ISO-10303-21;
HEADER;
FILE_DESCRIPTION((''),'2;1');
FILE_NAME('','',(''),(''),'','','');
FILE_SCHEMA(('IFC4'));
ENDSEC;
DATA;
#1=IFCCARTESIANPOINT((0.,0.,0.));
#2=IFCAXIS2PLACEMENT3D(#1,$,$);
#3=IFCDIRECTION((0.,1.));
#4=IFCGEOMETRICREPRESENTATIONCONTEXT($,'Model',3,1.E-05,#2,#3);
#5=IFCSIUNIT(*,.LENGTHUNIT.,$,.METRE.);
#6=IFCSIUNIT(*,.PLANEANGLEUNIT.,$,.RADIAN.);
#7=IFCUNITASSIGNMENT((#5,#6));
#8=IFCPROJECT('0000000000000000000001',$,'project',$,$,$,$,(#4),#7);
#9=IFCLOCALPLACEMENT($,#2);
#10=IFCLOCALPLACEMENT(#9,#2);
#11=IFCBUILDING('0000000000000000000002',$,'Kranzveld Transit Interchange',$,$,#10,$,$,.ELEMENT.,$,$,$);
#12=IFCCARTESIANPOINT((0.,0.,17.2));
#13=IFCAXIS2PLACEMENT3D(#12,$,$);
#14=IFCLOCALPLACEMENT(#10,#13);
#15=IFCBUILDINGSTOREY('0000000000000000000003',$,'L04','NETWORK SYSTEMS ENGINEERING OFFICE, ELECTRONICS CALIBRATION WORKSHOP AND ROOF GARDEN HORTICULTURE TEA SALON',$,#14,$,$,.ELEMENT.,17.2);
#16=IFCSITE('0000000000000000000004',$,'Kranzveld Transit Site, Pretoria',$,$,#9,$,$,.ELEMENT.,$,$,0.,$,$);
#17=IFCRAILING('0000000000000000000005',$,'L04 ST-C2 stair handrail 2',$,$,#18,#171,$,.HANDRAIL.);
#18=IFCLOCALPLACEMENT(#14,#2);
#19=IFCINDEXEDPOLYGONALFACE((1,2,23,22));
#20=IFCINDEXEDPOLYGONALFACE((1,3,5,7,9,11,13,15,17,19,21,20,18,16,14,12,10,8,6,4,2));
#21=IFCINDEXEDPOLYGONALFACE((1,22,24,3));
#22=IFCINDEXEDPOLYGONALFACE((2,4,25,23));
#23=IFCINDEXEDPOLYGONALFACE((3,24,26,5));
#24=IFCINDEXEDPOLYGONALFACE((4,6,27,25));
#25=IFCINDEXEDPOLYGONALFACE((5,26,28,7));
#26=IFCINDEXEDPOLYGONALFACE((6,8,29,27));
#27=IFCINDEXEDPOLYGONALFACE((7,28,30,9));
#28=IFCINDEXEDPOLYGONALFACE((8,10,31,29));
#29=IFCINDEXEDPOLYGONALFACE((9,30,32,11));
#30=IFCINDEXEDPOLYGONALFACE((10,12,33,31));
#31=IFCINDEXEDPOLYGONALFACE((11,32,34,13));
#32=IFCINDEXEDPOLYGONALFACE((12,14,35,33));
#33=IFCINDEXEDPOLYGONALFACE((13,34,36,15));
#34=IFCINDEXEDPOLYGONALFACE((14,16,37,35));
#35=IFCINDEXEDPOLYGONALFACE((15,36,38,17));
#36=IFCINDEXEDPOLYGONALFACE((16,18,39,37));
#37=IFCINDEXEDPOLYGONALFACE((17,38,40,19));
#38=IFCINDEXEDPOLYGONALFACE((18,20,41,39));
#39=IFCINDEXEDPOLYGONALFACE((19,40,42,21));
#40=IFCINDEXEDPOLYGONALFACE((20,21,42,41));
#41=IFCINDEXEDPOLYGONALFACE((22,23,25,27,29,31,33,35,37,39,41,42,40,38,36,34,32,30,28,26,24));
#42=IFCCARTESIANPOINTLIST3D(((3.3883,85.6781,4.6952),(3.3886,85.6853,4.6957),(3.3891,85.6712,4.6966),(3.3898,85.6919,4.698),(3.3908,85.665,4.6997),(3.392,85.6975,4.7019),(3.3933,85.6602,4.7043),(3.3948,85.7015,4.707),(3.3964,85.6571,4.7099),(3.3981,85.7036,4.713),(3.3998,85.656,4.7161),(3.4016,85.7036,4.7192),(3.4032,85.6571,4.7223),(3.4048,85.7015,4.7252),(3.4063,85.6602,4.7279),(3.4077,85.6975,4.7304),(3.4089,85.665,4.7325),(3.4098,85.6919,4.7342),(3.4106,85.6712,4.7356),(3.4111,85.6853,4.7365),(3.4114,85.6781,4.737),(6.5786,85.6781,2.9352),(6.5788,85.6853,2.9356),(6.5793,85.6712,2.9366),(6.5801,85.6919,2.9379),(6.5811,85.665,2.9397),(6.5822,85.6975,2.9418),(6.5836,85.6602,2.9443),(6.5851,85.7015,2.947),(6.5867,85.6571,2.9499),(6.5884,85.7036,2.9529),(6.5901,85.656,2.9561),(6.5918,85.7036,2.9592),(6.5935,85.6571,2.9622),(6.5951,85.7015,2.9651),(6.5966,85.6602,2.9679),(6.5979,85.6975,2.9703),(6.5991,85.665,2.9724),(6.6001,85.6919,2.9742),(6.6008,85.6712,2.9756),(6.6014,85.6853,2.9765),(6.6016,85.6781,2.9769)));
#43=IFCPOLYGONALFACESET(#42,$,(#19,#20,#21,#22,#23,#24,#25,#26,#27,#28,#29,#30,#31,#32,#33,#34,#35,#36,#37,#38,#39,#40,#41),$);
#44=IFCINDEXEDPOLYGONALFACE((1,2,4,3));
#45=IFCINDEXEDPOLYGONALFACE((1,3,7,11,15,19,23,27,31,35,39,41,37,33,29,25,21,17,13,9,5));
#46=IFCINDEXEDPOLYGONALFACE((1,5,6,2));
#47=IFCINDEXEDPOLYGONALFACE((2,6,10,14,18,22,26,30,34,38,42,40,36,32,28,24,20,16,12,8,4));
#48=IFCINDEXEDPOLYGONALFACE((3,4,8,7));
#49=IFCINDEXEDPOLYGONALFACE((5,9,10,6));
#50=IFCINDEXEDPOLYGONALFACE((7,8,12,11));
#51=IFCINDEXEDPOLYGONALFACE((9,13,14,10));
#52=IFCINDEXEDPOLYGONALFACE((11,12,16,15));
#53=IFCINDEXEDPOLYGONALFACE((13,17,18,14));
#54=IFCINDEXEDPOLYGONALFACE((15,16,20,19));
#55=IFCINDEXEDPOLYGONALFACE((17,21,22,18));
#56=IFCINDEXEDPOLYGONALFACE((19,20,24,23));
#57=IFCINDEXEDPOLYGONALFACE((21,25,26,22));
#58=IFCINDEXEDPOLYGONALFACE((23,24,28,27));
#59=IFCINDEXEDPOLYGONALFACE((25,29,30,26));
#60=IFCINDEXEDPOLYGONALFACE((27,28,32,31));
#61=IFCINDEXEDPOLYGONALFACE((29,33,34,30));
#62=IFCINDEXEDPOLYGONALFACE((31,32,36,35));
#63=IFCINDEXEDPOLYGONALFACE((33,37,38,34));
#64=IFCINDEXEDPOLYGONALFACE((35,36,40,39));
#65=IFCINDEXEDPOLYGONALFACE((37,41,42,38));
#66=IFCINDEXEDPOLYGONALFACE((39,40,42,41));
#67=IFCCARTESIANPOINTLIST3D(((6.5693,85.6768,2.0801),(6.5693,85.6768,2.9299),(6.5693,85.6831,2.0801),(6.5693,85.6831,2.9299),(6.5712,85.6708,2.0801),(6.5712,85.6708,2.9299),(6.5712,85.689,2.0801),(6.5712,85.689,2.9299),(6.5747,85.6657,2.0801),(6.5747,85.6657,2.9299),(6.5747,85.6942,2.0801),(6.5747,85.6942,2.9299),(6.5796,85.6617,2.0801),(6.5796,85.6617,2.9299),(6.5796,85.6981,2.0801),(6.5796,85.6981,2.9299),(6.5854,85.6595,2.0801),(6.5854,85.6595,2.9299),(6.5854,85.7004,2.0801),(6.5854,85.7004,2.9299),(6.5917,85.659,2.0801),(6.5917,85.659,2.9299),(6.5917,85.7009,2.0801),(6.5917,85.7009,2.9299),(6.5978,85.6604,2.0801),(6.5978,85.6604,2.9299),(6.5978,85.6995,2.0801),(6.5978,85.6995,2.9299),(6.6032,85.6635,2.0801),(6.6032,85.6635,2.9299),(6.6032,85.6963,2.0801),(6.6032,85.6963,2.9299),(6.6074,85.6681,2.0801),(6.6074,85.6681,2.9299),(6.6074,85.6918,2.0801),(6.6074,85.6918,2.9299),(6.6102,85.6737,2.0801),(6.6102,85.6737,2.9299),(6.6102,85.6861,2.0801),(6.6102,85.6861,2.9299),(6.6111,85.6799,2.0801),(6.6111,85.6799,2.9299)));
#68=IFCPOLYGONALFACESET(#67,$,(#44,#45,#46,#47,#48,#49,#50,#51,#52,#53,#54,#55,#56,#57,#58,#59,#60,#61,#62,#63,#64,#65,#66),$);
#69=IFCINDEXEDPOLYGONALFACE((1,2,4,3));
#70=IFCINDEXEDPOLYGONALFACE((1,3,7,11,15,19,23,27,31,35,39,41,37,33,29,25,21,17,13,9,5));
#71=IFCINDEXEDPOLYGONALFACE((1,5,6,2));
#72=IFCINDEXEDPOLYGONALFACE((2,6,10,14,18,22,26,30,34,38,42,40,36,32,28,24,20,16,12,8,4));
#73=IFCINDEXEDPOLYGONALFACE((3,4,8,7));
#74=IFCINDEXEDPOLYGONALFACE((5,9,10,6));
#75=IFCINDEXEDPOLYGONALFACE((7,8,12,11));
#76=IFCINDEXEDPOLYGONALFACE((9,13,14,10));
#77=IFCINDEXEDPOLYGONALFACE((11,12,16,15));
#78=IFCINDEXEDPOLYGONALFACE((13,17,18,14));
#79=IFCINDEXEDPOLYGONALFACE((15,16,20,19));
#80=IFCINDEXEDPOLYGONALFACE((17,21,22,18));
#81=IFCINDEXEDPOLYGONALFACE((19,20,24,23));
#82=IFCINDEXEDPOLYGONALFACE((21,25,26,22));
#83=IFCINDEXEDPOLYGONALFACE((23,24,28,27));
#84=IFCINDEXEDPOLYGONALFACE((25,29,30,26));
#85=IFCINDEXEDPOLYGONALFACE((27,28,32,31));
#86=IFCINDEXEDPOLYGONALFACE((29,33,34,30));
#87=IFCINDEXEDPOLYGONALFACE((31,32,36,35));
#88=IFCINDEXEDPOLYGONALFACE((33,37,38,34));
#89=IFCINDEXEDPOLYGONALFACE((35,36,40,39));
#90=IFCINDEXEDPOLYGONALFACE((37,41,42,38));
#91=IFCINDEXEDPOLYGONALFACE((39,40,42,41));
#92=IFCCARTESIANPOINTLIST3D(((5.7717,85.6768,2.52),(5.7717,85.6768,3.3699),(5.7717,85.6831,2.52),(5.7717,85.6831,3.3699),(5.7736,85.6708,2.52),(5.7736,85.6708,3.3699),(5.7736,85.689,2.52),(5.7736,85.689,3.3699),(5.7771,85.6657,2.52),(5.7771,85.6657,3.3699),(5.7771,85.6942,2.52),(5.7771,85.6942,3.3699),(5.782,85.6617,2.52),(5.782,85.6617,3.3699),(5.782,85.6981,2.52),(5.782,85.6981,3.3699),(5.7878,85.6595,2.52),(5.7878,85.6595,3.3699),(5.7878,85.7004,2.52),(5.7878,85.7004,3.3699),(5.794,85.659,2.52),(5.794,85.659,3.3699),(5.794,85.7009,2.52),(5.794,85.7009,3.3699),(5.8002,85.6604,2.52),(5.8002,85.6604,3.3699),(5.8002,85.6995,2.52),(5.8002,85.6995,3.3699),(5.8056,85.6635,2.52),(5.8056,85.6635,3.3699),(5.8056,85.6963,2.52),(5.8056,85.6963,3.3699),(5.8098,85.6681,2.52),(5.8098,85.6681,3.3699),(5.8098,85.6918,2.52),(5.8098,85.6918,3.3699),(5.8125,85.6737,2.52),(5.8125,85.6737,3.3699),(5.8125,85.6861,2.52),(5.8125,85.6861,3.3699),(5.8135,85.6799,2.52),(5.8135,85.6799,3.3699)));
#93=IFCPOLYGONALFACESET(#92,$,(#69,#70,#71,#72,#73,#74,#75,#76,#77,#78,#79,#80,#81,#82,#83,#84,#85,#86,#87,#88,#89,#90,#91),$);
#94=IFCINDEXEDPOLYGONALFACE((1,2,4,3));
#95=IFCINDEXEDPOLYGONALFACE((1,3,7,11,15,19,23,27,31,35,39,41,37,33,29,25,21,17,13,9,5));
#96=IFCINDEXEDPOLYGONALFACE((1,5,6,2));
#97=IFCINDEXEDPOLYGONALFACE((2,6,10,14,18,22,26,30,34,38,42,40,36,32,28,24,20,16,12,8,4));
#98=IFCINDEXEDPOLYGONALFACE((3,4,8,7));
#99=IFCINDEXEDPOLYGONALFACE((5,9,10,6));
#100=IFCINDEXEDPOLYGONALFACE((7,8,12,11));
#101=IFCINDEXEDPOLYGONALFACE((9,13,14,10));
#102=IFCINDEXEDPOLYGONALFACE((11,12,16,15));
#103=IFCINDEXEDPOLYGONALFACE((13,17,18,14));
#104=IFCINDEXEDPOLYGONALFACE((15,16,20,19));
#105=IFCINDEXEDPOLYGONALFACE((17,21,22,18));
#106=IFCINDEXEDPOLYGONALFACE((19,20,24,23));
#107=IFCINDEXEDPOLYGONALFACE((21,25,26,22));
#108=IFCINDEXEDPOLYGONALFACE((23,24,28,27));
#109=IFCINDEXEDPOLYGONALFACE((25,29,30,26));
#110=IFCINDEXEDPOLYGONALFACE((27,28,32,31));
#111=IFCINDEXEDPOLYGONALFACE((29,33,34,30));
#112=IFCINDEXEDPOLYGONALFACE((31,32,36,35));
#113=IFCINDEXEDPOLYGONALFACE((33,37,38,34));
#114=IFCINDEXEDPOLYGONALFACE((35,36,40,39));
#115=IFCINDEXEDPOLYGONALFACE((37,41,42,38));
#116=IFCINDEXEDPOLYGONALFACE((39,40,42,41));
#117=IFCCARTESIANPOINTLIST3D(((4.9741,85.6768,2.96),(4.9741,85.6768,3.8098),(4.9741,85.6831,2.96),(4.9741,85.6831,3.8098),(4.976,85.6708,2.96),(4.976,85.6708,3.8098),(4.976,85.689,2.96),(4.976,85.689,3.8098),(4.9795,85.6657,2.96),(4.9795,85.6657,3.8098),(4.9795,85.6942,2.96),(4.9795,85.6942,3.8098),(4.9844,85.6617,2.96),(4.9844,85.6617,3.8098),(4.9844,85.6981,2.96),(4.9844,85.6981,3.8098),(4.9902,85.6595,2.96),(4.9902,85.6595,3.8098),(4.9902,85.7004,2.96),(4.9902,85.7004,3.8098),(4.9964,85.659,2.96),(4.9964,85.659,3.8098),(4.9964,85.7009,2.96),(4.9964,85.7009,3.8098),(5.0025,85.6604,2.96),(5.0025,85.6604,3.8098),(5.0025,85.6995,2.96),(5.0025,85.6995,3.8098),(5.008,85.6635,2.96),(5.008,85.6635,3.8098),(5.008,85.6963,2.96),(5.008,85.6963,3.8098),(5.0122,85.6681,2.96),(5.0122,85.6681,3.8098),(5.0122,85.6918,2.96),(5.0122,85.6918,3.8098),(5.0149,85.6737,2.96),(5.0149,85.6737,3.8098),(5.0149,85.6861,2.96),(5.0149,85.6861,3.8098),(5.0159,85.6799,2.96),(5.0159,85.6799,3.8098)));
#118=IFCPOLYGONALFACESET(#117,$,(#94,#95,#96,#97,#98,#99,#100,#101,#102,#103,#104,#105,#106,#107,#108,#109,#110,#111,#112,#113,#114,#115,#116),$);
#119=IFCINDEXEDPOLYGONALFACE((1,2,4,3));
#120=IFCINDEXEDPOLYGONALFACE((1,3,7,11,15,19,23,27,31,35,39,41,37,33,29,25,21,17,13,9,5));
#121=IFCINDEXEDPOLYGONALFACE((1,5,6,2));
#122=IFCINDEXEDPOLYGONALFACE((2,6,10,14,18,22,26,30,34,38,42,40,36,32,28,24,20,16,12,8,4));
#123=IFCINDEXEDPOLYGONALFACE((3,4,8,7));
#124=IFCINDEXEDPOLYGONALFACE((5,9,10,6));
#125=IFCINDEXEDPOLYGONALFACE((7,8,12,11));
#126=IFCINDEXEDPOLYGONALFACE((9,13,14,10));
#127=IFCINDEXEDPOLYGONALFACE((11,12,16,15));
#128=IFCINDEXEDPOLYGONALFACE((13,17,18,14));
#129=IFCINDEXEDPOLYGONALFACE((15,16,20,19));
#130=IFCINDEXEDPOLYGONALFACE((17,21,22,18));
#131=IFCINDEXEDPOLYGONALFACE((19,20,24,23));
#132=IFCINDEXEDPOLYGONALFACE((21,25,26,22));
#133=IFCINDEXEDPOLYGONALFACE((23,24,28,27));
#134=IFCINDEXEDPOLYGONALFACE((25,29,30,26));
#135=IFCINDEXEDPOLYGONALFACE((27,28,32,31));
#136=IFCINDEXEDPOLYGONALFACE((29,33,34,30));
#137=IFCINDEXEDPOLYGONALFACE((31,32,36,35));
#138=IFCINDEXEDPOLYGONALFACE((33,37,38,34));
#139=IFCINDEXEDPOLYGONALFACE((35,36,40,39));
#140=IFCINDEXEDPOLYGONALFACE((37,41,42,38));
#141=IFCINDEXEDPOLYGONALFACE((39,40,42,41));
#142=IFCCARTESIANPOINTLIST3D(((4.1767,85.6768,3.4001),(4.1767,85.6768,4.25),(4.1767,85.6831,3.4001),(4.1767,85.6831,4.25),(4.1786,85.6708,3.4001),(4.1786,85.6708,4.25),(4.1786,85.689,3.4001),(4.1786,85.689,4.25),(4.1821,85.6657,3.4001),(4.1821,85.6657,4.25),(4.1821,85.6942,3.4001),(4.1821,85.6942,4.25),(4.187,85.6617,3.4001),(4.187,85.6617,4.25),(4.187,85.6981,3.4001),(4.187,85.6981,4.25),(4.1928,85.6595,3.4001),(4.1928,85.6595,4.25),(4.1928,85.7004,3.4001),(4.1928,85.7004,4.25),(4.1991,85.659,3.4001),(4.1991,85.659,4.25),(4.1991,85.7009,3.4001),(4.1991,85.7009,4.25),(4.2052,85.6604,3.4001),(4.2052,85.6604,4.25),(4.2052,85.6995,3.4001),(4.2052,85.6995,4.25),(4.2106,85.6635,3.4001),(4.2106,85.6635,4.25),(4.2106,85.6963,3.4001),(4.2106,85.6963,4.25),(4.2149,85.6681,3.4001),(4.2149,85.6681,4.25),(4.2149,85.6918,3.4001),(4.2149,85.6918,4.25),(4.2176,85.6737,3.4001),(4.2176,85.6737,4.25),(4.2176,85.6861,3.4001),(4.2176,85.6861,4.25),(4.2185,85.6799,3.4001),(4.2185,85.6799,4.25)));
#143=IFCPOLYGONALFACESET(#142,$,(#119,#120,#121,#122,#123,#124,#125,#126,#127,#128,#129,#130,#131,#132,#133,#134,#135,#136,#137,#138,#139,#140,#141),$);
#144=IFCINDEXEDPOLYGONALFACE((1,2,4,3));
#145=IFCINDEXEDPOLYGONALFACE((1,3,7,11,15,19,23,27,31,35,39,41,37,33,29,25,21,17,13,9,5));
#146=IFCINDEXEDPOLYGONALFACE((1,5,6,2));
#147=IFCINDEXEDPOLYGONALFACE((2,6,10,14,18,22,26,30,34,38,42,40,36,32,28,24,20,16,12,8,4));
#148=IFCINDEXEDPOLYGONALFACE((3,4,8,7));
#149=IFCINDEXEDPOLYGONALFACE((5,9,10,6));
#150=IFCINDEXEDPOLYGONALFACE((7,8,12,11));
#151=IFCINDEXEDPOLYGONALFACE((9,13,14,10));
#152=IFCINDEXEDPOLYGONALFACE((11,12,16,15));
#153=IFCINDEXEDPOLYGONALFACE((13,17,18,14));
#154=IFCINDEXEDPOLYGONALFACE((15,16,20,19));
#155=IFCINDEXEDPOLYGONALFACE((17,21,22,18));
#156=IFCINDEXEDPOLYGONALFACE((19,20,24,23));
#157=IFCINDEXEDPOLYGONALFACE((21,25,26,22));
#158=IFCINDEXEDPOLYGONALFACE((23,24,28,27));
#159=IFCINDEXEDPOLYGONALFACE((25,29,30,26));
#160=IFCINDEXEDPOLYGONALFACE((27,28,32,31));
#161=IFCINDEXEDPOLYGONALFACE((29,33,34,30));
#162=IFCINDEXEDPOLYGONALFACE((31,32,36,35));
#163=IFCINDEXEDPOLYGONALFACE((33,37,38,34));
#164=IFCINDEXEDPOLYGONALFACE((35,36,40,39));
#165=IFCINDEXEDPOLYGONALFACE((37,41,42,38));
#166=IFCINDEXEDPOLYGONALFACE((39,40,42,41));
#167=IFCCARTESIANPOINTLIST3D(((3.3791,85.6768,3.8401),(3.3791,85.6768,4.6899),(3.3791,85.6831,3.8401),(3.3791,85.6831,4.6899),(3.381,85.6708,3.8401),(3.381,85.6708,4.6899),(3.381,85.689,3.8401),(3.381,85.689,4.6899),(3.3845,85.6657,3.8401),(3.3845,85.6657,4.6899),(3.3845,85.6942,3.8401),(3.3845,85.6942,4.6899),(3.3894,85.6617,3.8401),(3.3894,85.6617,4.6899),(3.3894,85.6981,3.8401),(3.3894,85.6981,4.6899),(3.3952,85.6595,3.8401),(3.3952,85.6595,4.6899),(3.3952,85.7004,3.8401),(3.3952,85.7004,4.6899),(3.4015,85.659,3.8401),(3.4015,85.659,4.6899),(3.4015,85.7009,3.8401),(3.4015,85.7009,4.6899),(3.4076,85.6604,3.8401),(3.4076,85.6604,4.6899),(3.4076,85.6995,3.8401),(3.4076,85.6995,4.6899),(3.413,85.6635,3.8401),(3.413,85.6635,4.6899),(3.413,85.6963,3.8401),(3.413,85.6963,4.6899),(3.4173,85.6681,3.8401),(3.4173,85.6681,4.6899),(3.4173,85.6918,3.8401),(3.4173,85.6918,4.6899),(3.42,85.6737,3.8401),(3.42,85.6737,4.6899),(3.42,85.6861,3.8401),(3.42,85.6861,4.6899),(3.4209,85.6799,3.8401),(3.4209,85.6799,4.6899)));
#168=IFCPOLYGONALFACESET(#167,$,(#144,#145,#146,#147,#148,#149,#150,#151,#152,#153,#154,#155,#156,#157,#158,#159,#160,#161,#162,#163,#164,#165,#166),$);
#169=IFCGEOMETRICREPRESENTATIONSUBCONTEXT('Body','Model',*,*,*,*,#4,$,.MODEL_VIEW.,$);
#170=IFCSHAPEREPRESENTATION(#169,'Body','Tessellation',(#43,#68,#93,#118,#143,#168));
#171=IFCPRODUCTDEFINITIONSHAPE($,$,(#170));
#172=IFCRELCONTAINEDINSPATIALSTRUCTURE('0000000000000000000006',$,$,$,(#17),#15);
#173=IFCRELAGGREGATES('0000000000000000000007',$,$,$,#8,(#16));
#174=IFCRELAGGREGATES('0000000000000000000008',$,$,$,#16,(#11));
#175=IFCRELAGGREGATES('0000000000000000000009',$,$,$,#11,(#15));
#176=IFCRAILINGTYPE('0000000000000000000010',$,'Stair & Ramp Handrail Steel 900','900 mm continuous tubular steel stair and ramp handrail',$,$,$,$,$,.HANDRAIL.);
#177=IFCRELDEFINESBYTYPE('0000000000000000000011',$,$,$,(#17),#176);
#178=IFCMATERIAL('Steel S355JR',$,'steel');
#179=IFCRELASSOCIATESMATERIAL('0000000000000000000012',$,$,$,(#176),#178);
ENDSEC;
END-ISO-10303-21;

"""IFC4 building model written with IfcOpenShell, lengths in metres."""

from ifc_helpers import new_model, si_unit, direction, frame, origin, origin_2d, place, context, subcontext, project, spatial, circle, extrude, material, type_object, element, save


model = new_model("IFC4")

# Units and contexts
model_context = context("Model", 3, precision=1e-05, world=origin(), true_north=direction((0.0, 1.0)))
body_context = subcontext(model_context, "Body", "Model", "MODEL_VIEW")
ifc_project = project(units=[si_unit("LENGTHUNIT", "METRE"), si_unit("PLANEANGLEUNIT", "RADIAN")], contexts=[model_context])

# Site, building, storey
site_placement = place(None, origin())
site = spatial("IfcSite", under=ifc_project, at=site_placement, Name="Kranzveld Transit Site, Pretoria", CompositionType="ELEMENT", RefElevation=0.0)
building_placement = place(site_placement, origin())
building = spatial("IfcBuilding", under=site, at=building_placement, Name="Kranzveld Transit Interchange", CompositionType="ELEMENT")
storey_placement = place(building_placement, frame((0.0, 0.0, 17.2)))
storey = spatial("IfcBuildingStorey", under=building, at=storey_placement, Name="L04", Description="NETWORK SYSTEMS ENGINEERING OFFICE, ELECTRONICS CALIBRATION WORKSHOP AND ROOF GARDEN HORTICULTURE TEA SALON", CompositionType="ELEMENT", Elevation=17.2)

# Railing
ifc_material_1 = material(Name="Steel S355JR", Category="steel")
railing_type_1 = type_object("IfcRailingType", Name="Stair & Ramp Handrail Steel 900", Description="900 mm continuous tubular steel stair and ramp handrail", PredefinedType="HANDRAIL", material=ifc_material_1)
railing_1_placement = place(storey_placement, frame((6.5901, 85.6799, 2.0801)))
element("IfcRailing", 1, at=railing_1_placement, inside=storey, type_object=railing_type_1, Name="L04 ST-C2 stair handrail 2", PredefinedType="HANDRAIL", context=body_context, shape_type="SweptSolid", body=[
    extrude(circle(Radius=0.0239, at=origin_2d()), frame((0.0, 0.0, 0.876), z_axis=(-0.875588, 0.0, 0.483058), x_axis=(0.0, -1.0, 0.0)), (0.0, 0.0, 1.0), 3.6436),
    extrude(circle(Radius=0.021, at=origin_2d()), origin(), (0.0, 0.0, 1.0), 0.8499),
    extrude(circle(Radius=0.021, at=origin_2d()), frame((-0.7976, 0.0, 0.4399)), (0.0, 0.0, 1.0), 0.8499),
    extrude(circle(Radius=0.021, at=origin_2d()), frame((-1.5952, 0.0, 0.8799)), (0.0, 0.0, 1.0), 0.8499),
    extrude(circle(Radius=0.021, at=origin_2d()), frame((-2.3926, 0.0, 1.3201)), (0.0, 0.0, 1.0), 0.8499),
    extrude(circle(Radius=0.021, at=origin_2d()), frame((-3.1902, 0.0, 1.76)), (0.0, 0.0, 1.0), 0.8499),
])

save(model, "model.ifc")
